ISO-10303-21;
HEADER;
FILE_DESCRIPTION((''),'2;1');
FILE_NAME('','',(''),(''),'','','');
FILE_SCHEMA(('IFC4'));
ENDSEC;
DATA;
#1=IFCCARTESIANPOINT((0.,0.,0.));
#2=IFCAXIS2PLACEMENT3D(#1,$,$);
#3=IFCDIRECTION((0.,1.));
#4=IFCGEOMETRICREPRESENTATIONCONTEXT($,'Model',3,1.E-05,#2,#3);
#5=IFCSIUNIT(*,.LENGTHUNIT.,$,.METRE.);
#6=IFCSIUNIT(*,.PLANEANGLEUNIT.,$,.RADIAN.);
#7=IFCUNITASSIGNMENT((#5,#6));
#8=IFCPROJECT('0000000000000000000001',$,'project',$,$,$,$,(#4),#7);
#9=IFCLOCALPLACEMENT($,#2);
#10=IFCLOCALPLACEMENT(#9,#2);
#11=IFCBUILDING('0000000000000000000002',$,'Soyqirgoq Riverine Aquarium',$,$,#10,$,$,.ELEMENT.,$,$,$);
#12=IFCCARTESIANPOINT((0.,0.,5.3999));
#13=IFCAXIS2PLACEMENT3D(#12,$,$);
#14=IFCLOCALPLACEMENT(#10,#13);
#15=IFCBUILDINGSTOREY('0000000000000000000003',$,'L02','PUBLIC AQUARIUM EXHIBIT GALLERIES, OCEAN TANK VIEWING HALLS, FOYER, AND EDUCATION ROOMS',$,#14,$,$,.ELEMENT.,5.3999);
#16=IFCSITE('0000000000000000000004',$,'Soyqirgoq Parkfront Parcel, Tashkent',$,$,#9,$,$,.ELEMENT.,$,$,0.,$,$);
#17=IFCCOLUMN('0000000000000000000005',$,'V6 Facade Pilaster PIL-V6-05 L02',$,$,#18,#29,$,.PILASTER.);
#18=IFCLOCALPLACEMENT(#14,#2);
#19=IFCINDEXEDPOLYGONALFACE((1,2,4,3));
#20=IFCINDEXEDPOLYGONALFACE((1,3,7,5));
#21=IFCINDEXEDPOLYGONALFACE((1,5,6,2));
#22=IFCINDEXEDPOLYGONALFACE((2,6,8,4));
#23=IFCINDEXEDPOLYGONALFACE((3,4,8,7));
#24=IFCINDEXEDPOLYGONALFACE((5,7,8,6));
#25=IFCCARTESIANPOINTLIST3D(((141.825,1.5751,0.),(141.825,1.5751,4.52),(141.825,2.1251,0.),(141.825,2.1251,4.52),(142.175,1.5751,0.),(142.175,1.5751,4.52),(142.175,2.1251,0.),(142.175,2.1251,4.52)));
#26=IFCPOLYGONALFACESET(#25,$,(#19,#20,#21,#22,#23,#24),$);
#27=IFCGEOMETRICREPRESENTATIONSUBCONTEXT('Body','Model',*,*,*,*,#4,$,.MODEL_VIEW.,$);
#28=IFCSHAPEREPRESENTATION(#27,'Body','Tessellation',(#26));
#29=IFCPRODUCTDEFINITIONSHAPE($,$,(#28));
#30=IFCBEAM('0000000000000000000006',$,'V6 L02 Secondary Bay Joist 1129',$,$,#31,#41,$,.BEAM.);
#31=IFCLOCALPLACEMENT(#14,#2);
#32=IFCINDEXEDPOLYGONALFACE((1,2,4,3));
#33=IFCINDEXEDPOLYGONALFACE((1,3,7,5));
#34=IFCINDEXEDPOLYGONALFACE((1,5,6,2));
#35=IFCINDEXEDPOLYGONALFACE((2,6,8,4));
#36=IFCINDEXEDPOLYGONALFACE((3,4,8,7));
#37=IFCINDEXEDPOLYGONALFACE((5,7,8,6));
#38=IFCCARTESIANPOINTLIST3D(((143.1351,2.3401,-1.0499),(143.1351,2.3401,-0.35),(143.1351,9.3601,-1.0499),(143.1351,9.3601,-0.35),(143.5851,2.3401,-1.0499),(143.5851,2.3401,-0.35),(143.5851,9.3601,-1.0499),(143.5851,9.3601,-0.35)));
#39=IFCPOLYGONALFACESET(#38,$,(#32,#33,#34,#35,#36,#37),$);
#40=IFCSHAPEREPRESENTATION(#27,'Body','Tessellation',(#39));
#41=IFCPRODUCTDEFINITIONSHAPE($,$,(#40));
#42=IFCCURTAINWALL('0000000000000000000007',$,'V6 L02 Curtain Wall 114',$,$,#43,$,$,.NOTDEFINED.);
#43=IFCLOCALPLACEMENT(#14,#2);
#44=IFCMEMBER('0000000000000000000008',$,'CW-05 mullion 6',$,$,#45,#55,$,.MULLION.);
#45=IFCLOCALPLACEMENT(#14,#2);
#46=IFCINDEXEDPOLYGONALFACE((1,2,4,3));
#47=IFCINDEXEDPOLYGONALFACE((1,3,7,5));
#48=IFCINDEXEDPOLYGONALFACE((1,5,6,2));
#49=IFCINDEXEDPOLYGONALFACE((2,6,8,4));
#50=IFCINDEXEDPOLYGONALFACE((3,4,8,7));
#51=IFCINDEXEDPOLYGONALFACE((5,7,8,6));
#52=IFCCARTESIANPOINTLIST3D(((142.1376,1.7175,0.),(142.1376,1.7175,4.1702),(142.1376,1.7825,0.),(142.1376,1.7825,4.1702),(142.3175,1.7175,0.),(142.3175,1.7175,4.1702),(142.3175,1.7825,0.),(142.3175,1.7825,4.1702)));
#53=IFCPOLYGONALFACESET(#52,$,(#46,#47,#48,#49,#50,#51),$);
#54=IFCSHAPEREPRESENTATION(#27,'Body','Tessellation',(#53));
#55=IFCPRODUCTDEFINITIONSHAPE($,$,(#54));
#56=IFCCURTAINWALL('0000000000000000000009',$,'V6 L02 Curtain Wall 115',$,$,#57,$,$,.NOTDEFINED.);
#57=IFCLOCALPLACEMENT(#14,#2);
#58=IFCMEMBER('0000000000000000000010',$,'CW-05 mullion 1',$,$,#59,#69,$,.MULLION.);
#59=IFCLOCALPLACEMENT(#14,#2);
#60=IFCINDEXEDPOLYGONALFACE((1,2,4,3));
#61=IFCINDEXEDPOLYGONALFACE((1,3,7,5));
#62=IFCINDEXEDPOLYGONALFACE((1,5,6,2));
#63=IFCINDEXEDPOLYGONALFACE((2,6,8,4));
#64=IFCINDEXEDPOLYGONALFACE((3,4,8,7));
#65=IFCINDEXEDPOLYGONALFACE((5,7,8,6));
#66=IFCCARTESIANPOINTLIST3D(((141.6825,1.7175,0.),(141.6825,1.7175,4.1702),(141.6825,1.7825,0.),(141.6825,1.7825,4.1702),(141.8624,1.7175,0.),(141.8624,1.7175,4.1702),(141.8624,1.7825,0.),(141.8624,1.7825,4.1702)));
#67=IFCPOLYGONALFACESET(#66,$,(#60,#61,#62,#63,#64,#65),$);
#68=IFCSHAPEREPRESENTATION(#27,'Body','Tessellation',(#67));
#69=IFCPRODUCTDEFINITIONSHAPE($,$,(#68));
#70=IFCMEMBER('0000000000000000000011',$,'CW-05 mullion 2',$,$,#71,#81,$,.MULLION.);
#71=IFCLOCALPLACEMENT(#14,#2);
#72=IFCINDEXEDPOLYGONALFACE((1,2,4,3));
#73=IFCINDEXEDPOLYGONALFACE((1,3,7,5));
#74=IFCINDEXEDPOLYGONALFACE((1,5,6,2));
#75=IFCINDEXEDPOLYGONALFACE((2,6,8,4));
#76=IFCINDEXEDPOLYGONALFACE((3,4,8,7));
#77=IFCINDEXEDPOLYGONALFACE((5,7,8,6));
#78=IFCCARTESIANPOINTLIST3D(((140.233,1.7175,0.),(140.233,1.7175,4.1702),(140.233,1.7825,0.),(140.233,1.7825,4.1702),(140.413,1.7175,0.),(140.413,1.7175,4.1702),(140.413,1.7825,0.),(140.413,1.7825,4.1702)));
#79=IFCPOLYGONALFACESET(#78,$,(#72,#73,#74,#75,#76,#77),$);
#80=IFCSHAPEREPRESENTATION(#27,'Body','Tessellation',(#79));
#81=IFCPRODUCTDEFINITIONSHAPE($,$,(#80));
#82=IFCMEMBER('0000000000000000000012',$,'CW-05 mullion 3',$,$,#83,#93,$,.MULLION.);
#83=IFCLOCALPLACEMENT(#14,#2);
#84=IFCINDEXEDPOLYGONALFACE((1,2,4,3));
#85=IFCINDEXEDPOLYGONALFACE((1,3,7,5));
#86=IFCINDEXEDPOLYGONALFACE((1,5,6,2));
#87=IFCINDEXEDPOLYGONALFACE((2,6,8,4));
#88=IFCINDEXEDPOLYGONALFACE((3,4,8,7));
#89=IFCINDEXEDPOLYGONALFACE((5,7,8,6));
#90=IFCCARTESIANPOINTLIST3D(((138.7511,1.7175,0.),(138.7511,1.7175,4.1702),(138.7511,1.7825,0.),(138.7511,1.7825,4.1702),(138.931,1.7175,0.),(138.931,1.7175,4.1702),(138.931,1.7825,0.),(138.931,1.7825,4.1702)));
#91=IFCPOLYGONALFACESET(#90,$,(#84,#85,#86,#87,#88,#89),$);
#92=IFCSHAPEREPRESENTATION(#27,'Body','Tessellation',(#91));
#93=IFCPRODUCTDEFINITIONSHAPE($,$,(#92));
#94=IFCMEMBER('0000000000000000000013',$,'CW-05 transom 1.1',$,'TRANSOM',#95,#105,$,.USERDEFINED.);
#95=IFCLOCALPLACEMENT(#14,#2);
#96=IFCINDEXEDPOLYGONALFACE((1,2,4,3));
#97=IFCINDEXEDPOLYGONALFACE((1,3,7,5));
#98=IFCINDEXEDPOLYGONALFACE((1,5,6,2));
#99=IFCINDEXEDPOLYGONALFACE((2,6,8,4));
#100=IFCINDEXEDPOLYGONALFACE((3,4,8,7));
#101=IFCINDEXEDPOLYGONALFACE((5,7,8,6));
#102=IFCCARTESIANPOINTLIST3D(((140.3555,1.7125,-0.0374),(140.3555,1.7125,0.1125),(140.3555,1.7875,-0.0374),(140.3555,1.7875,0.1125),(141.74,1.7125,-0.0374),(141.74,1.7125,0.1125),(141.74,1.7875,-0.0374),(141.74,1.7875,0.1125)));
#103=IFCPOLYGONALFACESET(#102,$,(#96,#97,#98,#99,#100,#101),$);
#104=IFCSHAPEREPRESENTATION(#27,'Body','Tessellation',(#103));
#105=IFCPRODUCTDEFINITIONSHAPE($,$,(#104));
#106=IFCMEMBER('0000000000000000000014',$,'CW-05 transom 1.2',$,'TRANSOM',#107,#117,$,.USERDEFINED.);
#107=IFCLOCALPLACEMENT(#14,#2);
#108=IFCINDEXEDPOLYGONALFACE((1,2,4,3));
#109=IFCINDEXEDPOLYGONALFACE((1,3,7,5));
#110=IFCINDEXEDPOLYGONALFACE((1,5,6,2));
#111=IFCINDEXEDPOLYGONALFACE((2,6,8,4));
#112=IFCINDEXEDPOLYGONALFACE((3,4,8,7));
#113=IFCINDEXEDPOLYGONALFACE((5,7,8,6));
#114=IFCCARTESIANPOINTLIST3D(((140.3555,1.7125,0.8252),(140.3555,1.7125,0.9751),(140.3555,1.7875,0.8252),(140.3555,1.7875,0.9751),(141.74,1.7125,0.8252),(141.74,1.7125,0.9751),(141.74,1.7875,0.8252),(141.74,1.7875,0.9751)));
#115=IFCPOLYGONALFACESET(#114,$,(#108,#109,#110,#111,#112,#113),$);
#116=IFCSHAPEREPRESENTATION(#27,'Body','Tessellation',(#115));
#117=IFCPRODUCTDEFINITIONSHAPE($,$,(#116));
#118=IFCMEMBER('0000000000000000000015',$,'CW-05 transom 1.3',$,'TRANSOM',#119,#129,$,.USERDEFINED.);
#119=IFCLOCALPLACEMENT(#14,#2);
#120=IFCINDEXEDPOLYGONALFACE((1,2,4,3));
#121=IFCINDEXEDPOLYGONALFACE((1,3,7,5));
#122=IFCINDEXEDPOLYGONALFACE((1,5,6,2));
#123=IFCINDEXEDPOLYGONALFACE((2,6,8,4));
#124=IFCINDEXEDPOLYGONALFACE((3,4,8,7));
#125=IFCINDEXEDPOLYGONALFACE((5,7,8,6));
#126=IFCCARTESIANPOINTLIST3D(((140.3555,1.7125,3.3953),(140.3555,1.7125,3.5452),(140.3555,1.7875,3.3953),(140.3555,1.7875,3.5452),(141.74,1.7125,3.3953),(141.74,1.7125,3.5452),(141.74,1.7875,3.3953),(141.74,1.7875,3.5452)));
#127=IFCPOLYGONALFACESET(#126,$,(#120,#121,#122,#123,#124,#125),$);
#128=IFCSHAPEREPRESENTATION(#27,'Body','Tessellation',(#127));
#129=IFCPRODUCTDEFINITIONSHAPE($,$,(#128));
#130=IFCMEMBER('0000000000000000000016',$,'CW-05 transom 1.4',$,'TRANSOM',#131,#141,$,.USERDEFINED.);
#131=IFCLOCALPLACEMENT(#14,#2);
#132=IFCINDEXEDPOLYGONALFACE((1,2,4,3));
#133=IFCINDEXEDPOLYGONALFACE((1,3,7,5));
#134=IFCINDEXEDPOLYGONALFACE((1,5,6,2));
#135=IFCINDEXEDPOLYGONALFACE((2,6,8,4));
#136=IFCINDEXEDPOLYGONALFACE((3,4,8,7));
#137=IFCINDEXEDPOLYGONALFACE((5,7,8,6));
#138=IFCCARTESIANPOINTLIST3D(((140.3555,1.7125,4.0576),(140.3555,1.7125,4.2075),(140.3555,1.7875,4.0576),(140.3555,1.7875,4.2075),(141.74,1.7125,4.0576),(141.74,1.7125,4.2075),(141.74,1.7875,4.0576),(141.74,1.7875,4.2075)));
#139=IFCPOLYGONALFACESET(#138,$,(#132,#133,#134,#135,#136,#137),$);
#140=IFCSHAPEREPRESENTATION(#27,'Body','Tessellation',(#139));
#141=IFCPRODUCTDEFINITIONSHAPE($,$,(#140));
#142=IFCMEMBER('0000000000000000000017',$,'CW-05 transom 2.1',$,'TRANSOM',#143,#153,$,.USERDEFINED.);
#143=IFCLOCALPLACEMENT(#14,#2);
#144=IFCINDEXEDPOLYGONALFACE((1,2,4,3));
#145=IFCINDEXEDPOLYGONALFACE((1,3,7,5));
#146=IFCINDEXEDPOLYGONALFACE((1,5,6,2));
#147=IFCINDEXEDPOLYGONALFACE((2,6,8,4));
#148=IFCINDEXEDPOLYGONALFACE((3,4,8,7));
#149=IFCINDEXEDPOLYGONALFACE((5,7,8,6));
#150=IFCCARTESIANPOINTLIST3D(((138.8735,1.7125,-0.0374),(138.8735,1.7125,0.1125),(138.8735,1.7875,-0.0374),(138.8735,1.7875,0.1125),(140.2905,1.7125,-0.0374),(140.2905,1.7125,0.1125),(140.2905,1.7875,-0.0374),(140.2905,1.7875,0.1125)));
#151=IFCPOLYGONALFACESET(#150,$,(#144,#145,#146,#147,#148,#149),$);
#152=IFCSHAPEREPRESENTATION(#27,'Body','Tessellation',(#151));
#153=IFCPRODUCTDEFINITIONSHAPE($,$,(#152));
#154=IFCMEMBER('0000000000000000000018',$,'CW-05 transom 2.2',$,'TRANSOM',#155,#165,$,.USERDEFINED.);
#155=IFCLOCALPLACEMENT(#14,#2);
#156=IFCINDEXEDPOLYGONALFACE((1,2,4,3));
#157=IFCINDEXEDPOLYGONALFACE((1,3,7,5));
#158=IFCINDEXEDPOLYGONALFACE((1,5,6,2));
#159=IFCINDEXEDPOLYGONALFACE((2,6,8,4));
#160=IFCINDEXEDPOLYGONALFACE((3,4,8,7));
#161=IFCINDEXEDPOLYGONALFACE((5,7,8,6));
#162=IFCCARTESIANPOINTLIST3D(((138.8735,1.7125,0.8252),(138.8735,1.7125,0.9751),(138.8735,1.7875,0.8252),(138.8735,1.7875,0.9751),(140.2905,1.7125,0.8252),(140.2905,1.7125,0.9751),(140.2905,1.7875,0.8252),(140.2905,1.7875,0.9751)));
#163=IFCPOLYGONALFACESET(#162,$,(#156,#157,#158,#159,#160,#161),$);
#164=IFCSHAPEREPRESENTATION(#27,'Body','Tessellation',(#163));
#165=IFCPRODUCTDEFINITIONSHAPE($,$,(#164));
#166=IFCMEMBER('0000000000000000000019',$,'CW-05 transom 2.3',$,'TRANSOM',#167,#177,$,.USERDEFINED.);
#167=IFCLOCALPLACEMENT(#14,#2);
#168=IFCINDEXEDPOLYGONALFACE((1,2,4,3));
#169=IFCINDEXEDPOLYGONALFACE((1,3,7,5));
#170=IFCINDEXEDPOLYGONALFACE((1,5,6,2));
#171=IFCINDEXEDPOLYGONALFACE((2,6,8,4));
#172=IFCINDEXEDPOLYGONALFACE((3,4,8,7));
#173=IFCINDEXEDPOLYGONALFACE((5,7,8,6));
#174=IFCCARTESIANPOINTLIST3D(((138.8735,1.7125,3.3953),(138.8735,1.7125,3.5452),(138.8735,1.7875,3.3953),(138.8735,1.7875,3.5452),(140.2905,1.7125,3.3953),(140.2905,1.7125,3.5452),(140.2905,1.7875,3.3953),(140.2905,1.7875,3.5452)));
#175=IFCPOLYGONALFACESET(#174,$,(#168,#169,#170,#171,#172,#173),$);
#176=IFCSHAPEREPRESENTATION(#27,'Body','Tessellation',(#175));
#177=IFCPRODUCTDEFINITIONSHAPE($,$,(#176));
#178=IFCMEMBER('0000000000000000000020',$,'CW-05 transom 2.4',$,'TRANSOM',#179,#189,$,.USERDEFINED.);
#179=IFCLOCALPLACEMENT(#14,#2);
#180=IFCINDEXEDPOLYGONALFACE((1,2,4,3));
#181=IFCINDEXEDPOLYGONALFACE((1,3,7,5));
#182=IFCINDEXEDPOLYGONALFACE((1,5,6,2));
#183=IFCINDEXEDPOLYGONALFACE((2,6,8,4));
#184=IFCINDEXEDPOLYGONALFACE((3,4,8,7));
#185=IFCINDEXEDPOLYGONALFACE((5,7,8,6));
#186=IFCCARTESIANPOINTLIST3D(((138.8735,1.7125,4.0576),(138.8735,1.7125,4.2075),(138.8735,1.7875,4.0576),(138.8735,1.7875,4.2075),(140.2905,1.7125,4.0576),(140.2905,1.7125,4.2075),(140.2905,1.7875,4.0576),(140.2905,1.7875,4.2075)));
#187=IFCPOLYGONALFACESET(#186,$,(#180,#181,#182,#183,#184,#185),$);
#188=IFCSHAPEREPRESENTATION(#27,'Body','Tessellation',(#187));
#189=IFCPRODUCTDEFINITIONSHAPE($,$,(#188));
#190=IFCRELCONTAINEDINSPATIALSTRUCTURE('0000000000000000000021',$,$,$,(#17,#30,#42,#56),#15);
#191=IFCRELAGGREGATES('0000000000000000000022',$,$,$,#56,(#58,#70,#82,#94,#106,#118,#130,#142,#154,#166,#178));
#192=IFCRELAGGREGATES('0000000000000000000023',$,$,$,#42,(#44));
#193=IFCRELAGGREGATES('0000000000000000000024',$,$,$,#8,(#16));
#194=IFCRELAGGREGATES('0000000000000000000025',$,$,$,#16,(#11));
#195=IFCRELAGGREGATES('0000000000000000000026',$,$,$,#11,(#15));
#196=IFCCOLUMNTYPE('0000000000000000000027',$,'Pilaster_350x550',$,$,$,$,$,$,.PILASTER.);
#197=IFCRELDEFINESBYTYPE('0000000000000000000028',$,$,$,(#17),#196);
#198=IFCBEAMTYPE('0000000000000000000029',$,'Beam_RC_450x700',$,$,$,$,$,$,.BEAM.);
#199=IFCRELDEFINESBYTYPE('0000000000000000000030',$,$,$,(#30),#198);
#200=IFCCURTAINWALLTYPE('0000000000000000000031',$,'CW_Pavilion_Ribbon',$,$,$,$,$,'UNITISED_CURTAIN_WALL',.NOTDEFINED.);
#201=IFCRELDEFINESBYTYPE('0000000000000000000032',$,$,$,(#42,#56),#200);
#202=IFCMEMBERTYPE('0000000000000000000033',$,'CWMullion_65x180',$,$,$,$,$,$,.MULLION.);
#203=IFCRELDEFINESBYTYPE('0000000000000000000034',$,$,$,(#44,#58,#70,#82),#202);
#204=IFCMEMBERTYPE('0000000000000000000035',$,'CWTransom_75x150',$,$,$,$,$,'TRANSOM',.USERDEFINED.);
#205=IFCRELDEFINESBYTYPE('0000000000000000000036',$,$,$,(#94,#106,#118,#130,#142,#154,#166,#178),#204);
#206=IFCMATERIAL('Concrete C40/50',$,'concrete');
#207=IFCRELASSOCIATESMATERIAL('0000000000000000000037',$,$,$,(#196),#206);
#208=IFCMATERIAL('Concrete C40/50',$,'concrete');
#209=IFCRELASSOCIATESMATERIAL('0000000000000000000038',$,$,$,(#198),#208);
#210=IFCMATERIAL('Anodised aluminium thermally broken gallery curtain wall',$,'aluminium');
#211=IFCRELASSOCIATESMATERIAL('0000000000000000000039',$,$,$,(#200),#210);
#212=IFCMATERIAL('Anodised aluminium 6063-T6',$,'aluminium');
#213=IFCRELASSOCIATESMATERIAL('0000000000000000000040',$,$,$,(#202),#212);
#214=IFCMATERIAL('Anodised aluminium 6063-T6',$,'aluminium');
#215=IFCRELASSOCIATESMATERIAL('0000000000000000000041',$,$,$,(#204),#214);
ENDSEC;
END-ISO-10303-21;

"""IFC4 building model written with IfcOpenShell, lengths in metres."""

from ifc_helpers import new_model, si_unit, direction, frame, origin, origin_2d, place, context, subcontext, project, spatial, rectangle, extrude, material, material_profile, profile_set, type_object, element, aggregate, save


model = new_model("IFC4")

# Units and contexts
model_context = context("Model", 3, precision=1e-05, world=origin(), true_north=direction((0.0, 1.0)))
body_context = subcontext(model_context, "Body", "Model", "MODEL_VIEW")
ifc_project = project(units=[si_unit("LENGTHUNIT", "METRE"), si_unit("PLANEANGLEUNIT", "RADIAN")], contexts=[model_context])

# Site, building, storey
site_placement = place(None, origin())
site = spatial("IfcSite", under=ifc_project, at=site_placement, Name="Soyqirgoq Parkfront Parcel, Tashkent", CompositionType="ELEMENT", RefElevation=0.0)
building_placement = place(site_placement, origin())
building = spatial("IfcBuilding", under=site, at=building_placement, Name="Soyqirgoq Riverine Aquarium", CompositionType="ELEMENT")
storey_placement = place(building_placement, frame((0.0, 0.0, 5.3999)))
storey = spatial("IfcBuildingStorey", under=building, at=storey_placement, Name="L02", Description="PUBLIC AQUARIUM EXHIBIT GALLERIES, OCEAN TANK VIEWING HALLS, FOYER, AND EDUCATION ROOMS", CompositionType="ELEMENT", Elevation=5.3999)

# Column
ifc_material_1 = material(Name="Concrete C40/50", Category="concrete")
ifc_material_profile_1 = material_profile(ifc_material_1, rectangle(XDim=0.3501, YDim=0.55, at=origin_2d()), Name="RC-PIL 350x550")
ifc_profile_set_1 = profile_set([ifc_material_profile_1], Name="Concrete C40/50")
column_type = type_object("IfcColumnType", Name="Pilaster_350x550", PredefinedType="PILASTER", material=ifc_profile_set_1)
column_placement = place(storey_placement, frame((142.0, 1.8501, 0.0), z_axis=(0.0, 0.0, 1.0), x_axis=(1.0, 0.0, 0.0)))
element("IfcColumn", 1, at=column_placement, inside=storey, type_object=column_type, Name="V6 Facade Pilaster PIL-V6-05 L02", PredefinedType="PILASTER", context=body_context, shape_type="SweptSolid", body=[
    extrude(rectangle(XDim=0.3501, YDim=0.55, at=origin_2d()), origin(), (0.0, 0.0, 1.0), 4.52),
])

# Beam
ifc_material_2 = material(Name="Concrete C40/50", Category="concrete")
ifc_material_profile_2 = material_profile(ifc_material_2, rectangle(XDim=0.45, YDim=0.7, at=origin_2d()), Name="RC 450x700")
ifc_profile_set_2 = profile_set([ifc_material_profile_2], Name="Concrete C40/50")
beam_type_1 = type_object("IfcBeamType", Name="Beam_RC_450x700", PredefinedType="BEAM", material=ifc_profile_set_2)
beam_1_placement = place(storey_placement, frame((143.3601, 2.3401, -0.7), z_axis=(0.0, 1.0, 0.0), x_axis=(-1.0, 0.0, 0.0)))
element("IfcBeam", 2, at=beam_1_placement, inside=storey, type_object=beam_type_1, Name="V6 L02 Secondary Bay Joist 1129", PredefinedType="BEAM", context=body_context, shape_type="SweptSolid", body=[
    extrude(rectangle(XDim=0.45, YDim=0.7, at=origin_2d()), origin(), (0.0, 0.0, 1.0), 7.02),
])

# Curtain wall, member
ifc_material_3 = material(Name="Anodised aluminium thermally broken gallery curtain wall", Category="aluminium")
curtain_wall_type = type_object("IfcCurtainWallType", Name="CW_Pavilion_Ribbon", ElementType="UNITISED_CURTAIN_WALL", PredefinedType="NOTDEFINED", material=ifc_material_3)
curtain_wall_1_placement = place(storey_placement, origin())
curtain_wall_1 = element("IfcCurtainWall", 3, at=curtain_wall_1_placement, inside=storey, type_object=curtain_wall_type, Name="V6 L02 Curtain Wall 114", PredefinedType="NOTDEFINED")
ifc_material_4 = material(Name="Anodised aluminium 6063-T6", Category="aluminium")
ifc_material_profile_3 = material_profile(ifc_material_4, rectangle(XDim=0.0649, YDim=0.1799, at=origin_2d()), Name="ALU-M 65x180")
ifc_profile_set_3 = profile_set([ifc_material_profile_3], Name="Anodised aluminium 6063-T6")
member_type_1 = type_object("IfcMemberType", Name="CWMullion_65x180", PredefinedType="MULLION", material=ifc_profile_set_3)
member_1_placement = place(storey_placement, frame((142.2275, 1.75, 0.0), z_axis=(0.0, 0.0, 1.0), x_axis=(0.0, -1.0, 0.0)))
member_1 = element("IfcMember", 4, at=member_1_placement, type_object=member_type_1, Name="CW-05 mullion 6", PredefinedType="MULLION", context=body_context, shape_type="SweptSolid", body=[
    extrude(rectangle(XDim=0.0649, YDim=0.1799, at=origin_2d()), origin(), (0.0, 0.0, 1.0), 4.1702),
])

# Curtain wall, members
curtain_wall_2_placement = place(storey_placement, origin())
curtain_wall_2 = element("IfcCurtainWall", 5, at=curtain_wall_2_placement, inside=storey, type_object=curtain_wall_type, Name="V6 L02 Curtain Wall 115", PredefinedType="NOTDEFINED")
member_2_placement = place(storey_placement, frame((141.7725, 1.75, 0.0), z_axis=(0.0, 0.0, 1.0), x_axis=(0.0, -1.0, 0.0)))
member_2 = element("IfcMember", 6, at=member_2_placement, type_object=member_type_1, Name="CW-05 mullion 1", PredefinedType="MULLION", context=body_context, shape_type="SweptSolid", body=[
    extrude(rectangle(XDim=0.0649, YDim=0.1799, at=origin_2d()), origin(), (0.0, 0.0, 1.0), 4.1702),
])
member_3_placement = place(storey_placement, frame((140.323, 1.75, 0.0), z_axis=(0.0, 0.0, 1.0), x_axis=(0.0, -1.0, 0.0)))
member_3 = element("IfcMember", 7, at=member_3_placement, type_object=member_type_1, Name="CW-05 mullion 2", PredefinedType="MULLION", context=body_context, shape_type="SweptSolid", body=[
    extrude(rectangle(XDim=0.0649, YDim=0.1799, at=origin_2d()), origin(), (0.0, 0.0, 1.0), 4.1702),
])
member_4_placement = place(storey_placement, frame((138.8411, 1.75, 0.0), z_axis=(0.0, 0.0, 1.0), x_axis=(0.0, -1.0, 0.0)))
member_4 = element("IfcMember", 8, at=member_4_placement, type_object=member_type_1, Name="CW-05 mullion 3", PredefinedType="MULLION", context=body_context, shape_type="SweptSolid", body=[
    extrude(rectangle(XDim=0.0649, YDim=0.1799, at=origin_2d()), origin(), (0.0, 0.0, 1.0), 4.1702),
])
ifc_material_5 = material(Name="Anodised aluminium 6063-T6", Category="aluminium")
ifc_material_profile_4 = material_profile(ifc_material_5, rectangle(XDim=0.075, YDim=0.1499, at=origin_2d()), Name="ALU-T 75x150")
ifc_profile_set_4 = profile_set([ifc_material_profile_4], Name="Anodised aluminium 6063-T6")
member_type_2 = type_object("IfcMemberType", Name="CWTransom_75x150", ElementType="TRANSOM", PredefinedType="USERDEFINED", material=ifc_profile_set_4)
member_5_placement = place(storey_placement, frame((141.74, 1.75, 0.0376), z_axis=(-1.0, 0.0, 0.0), x_axis=(0.0, -1.0, 0.0)))
member_5 = element("IfcMember", 9, at=member_5_placement, type_object=member_type_2, Name="CW-05 transom 1.1", ObjectType="TRANSOM", PredefinedType="USERDEFINED", context=body_context, shape_type="SweptSolid", body=[
    extrude(rectangle(XDim=0.075, YDim=0.1499, at=origin_2d()), origin(), (0.0, 0.0, 1.0), 1.3845),
])
member_6_placement = place(storey_placement, frame((141.74, 1.75, 0.9001), z_axis=(-1.0, 0.0, 0.0), x_axis=(0.0, -1.0, 0.0)))
member_6 = element("IfcMember", 10, at=member_6_placement, type_object=member_type_2, Name="CW-05 transom 1.2", ObjectType="TRANSOM", PredefinedType="USERDEFINED", context=body_context, shape_type="SweptSolid", body=[
    extrude(rectangle(XDim=0.075, YDim=0.1499, at=origin_2d()), origin(), (0.0, 0.0, 1.0), 1.3845),
])
member_7_placement = place(storey_placement, frame((141.74, 1.75, 3.4702), z_axis=(-1.0, 0.0, 0.0), x_axis=(0.0, -1.0, 0.0)))
member_7 = element("IfcMember", 11, at=member_7_placement, type_object=member_type_2, Name="CW-05 transom 1.3", ObjectType="TRANSOM", PredefinedType="USERDEFINED", context=body_context, shape_type="SweptSolid", body=[
    extrude(rectangle(XDim=0.075, YDim=0.1499, at=origin_2d()), origin(), (0.0, 0.0, 1.0), 1.3845),
])
member_8_placement = place(storey_placement, frame((141.74, 1.75, 4.1326), z_axis=(-1.0, 0.0, 0.0), x_axis=(0.0, -1.0, 0.0)))
member_8 = element("IfcMember", 12, at=member_8_placement, type_object=member_type_2, Name="CW-05 transom 1.4", ObjectType="TRANSOM", PredefinedType="USERDEFINED", context=body_context, shape_type="SweptSolid", body=[
    extrude(rectangle(XDim=0.075, YDim=0.1499, at=origin_2d()), origin(), (0.0, 0.0, 1.0), 1.3845),
])
member_9_placement = place(storey_placement, frame((140.2905, 1.75, 0.0376), z_axis=(-1.0, 0.0, 0.0), x_axis=(0.0, -1.0, 0.0)))
member_9 = element("IfcMember", 13, at=member_9_placement, type_object=member_type_2, Name="CW-05 transom 2.1", ObjectType="TRANSOM", PredefinedType="USERDEFINED", context=body_context, shape_type="SweptSolid", body=[
    extrude(rectangle(XDim=0.075, YDim=0.1499, at=origin_2d()), origin(), (0.0, 0.0, 1.0), 1.417),
])
member_10_placement = place(storey_placement, frame((140.2905, 1.75, 0.9001), z_axis=(-1.0, 0.0, 0.0), x_axis=(0.0, -1.0, 0.0)))
member_10 = element("IfcMember", 14, at=member_10_placement, type_object=member_type_2, Name="CW-05 transom 2.2", ObjectType="TRANSOM", PredefinedType="USERDEFINED", context=body_context, shape_type="SweptSolid", body=[
    extrude(rectangle(XDim=0.075, YDim=0.1499, at=origin_2d()), origin(), (0.0, 0.0, 1.0), 1.417),
])
member_11_placement = place(storey_placement, frame((140.2905, 1.75, 3.4702), z_axis=(-1.0, 0.0, 0.0), x_axis=(0.0, -1.0, 0.0)))
member_11 = element("IfcMember", 15, at=member_11_placement, type_object=member_type_2, Name="CW-05 transom 2.3", ObjectType="TRANSOM", PredefinedType="USERDEFINED", context=body_context, shape_type="SweptSolid", body=[
    extrude(rectangle(XDim=0.075, YDim=0.1499, at=origin_2d()), origin(), (0.0, 0.0, 1.0), 1.417),
])
member_12_placement = place(storey_placement, frame((140.2905, 1.75, 4.1326), z_axis=(-1.0, 0.0, 0.0), x_axis=(0.0, -1.0, 0.0)))
member_12 = element("IfcMember", 16, at=member_12_placement, type_object=member_type_2, Name="CW-05 transom 2.4", ObjectType="TRANSOM", PredefinedType="USERDEFINED", context=body_context, shape_type="SweptSolid", body=[
    extrude(rectangle(XDim=0.075, YDim=0.1499, at=origin_2d()), origin(), (0.0, 0.0, 1.0), 1.417),
])

aggregate(curtain_wall_2, [member_2, member_3, member_4, member_5, member_6, member_7, member_8, member_9, member_10, member_11, member_12])
aggregate(curtain_wall_1, [member_1])

save(model, "model.ifc")
